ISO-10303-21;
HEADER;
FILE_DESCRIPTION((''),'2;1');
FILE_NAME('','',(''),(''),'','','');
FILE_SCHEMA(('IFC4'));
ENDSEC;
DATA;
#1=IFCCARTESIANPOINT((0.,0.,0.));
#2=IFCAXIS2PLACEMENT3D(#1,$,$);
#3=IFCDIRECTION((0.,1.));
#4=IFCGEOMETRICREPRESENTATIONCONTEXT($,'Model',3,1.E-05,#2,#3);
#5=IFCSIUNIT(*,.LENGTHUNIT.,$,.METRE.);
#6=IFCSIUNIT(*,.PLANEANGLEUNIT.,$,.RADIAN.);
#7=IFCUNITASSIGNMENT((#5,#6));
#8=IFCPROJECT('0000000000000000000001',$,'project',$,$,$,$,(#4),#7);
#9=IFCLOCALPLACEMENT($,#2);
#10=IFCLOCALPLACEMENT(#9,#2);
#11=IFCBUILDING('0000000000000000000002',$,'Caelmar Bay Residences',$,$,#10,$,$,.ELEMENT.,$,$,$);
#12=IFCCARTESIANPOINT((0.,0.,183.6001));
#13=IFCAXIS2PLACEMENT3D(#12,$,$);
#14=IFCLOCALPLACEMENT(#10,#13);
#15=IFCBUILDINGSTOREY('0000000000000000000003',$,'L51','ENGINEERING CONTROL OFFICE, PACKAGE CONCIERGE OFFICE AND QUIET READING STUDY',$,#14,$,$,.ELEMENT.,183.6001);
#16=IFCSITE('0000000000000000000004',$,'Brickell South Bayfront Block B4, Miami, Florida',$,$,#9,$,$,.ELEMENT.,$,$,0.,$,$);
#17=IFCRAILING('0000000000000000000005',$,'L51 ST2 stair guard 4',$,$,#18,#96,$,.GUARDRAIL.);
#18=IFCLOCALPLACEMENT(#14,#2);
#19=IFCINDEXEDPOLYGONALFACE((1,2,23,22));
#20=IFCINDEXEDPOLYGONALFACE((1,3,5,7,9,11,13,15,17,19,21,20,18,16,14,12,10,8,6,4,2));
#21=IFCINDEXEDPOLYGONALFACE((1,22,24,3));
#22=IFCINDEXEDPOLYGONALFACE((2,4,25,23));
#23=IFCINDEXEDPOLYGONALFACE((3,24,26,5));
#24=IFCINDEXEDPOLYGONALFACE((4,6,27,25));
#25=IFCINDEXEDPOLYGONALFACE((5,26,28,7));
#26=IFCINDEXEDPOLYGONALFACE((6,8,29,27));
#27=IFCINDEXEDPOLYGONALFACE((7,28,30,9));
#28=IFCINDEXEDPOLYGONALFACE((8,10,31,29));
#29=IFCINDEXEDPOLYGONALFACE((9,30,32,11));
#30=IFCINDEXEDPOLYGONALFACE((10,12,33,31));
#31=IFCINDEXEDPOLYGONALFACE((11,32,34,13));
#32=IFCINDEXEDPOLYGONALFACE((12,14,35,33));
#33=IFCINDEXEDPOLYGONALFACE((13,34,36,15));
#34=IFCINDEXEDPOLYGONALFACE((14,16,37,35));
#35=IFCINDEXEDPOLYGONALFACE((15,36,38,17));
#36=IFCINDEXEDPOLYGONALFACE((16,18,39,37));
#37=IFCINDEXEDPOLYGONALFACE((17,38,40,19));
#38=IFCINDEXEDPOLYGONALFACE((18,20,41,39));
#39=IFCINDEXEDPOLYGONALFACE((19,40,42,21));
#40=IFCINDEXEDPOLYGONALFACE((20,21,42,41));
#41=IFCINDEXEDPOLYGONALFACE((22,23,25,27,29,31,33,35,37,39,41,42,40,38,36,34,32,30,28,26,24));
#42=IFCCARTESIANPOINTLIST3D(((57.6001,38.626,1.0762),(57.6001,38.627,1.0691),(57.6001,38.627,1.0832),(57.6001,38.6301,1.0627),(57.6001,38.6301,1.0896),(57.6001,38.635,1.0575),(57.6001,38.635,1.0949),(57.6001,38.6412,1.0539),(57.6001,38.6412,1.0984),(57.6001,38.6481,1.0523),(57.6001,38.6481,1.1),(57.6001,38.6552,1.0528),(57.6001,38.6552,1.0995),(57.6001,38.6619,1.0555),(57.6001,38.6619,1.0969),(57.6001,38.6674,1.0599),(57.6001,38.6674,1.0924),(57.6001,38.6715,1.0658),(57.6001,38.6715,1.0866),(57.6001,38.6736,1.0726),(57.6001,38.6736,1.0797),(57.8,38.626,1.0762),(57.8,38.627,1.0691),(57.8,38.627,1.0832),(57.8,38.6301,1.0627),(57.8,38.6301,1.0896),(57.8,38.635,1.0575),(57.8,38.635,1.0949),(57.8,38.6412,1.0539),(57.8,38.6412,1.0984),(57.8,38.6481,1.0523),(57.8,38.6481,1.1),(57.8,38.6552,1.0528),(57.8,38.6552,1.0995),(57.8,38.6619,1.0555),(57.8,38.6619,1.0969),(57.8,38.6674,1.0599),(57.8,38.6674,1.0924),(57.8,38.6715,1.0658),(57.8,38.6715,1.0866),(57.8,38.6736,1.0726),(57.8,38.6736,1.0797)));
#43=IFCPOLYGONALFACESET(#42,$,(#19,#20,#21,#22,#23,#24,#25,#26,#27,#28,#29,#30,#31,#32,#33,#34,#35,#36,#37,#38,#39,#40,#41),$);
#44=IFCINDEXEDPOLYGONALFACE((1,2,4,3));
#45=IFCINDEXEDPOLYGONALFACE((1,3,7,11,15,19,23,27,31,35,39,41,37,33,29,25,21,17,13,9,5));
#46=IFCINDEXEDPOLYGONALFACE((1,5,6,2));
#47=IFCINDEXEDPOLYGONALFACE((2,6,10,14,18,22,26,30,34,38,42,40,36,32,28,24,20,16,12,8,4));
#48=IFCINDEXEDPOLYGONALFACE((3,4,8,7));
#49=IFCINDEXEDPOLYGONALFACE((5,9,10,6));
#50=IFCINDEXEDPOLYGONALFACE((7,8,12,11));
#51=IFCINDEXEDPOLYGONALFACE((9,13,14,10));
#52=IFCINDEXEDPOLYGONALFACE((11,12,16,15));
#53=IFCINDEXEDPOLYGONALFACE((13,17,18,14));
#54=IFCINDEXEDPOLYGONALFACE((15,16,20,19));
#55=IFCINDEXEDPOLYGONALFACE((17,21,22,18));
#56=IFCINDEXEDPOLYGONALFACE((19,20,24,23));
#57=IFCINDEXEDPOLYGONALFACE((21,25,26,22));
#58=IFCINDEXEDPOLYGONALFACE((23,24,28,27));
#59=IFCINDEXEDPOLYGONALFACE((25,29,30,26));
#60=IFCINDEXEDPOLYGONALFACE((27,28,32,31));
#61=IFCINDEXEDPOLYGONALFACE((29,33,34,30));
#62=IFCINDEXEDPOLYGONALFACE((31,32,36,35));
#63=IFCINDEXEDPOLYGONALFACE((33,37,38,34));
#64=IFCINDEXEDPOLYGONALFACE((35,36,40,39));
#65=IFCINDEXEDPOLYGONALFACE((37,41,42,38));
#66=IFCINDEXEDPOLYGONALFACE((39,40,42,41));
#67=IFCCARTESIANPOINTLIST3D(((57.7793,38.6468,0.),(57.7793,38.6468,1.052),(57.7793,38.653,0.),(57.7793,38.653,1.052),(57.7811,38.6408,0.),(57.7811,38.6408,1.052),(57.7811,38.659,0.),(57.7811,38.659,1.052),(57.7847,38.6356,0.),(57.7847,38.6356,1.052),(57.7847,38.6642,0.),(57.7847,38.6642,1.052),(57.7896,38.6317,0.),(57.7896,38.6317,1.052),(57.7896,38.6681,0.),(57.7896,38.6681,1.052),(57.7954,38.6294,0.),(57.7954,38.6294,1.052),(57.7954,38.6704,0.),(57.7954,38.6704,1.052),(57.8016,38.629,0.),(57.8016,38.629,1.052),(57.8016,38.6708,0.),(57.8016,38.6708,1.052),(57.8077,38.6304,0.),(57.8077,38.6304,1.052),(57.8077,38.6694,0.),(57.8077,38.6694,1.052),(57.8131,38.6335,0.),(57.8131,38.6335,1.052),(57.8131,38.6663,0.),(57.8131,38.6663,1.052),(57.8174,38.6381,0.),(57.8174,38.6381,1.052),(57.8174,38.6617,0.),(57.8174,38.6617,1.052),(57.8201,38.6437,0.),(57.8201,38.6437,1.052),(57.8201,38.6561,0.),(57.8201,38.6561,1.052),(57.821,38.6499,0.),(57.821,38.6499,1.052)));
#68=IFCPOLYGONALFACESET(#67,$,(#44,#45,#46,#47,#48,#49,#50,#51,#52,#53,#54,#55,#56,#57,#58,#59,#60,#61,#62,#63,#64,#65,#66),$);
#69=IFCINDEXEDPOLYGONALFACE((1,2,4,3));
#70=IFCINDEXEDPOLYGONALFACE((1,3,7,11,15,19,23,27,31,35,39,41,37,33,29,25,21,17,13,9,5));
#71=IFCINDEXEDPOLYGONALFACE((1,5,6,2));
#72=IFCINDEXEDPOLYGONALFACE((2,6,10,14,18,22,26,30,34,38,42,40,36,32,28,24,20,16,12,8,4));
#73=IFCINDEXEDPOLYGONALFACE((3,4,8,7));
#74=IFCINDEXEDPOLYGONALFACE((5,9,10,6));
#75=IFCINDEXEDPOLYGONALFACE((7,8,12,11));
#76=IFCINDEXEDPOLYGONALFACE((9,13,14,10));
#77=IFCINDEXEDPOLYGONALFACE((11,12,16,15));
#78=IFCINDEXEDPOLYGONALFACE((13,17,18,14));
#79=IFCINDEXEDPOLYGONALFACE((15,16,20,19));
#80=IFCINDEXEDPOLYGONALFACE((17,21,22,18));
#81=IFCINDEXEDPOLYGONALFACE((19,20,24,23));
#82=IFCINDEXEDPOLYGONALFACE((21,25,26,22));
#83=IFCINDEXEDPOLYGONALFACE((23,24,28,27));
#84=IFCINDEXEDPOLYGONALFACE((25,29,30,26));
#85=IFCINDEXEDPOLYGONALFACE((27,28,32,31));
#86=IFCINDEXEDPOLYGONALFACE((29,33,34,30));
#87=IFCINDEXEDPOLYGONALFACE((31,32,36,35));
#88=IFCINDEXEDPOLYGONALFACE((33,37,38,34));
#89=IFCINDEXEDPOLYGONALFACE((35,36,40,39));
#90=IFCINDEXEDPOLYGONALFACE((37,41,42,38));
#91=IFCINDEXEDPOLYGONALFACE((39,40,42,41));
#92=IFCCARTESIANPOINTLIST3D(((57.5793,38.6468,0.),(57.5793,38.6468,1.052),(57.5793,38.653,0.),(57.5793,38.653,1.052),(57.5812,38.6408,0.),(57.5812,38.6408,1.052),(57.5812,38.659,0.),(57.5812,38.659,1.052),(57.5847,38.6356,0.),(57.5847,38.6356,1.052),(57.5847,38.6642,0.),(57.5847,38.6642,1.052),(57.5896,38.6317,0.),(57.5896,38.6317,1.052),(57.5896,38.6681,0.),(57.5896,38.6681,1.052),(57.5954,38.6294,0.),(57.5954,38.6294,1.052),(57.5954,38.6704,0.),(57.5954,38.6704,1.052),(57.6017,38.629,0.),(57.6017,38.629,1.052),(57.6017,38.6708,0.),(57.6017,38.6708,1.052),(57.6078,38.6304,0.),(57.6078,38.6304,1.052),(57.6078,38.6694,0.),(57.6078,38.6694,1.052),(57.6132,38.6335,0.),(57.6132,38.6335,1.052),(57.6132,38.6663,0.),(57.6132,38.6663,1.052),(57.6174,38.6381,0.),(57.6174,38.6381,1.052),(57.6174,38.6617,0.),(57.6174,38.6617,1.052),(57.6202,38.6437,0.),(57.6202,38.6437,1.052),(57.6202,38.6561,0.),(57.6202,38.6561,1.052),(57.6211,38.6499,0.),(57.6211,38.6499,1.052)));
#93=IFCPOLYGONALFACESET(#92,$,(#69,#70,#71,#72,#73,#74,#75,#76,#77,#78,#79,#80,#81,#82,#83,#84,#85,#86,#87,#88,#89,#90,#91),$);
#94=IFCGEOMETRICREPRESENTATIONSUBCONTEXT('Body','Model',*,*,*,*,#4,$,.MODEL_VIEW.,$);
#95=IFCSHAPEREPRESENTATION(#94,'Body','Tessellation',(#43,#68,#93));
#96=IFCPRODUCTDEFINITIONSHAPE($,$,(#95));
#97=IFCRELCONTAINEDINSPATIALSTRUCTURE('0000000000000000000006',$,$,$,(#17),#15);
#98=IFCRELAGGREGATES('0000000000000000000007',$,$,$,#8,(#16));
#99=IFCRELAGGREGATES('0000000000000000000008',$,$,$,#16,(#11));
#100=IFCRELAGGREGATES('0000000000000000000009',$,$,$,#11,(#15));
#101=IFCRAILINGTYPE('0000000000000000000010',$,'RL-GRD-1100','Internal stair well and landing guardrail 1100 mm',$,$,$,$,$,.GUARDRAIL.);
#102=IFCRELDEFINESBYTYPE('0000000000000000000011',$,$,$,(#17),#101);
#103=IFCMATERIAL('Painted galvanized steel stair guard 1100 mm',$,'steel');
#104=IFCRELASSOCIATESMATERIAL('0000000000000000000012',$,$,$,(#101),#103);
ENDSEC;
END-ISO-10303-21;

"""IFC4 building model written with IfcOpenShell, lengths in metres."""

from ifc_helpers import new_model, si_unit, direction, frame, origin, origin_2d, place, context, subcontext, project, spatial, circle, extrude, material, type_object, element, save


model = new_model("IFC4")

# Units and contexts
model_context = context("Model", 3, precision=1e-05, world=origin(), true_north=direction((0.0, 1.0)))
body_context = subcontext(model_context, "Body", "Model", "MODEL_VIEW")
ifc_project = project(units=[si_unit("LENGTHUNIT", "METRE"), si_unit("PLANEANGLEUNIT", "RADIAN")], contexts=[model_context])

# Site, building, storey
site_placement = place(None, origin())
site = spatial("IfcSite", under=ifc_project, at=site_placement, Name="Brickell South Bayfront Block B4, Miami, Florida", CompositionType="ELEMENT", RefElevation=0.0)
building_placement = place(site_placement, origin())
building = spatial("IfcBuilding", under=site, at=building_placement, Name="Caelmar Bay Residences", CompositionType="ELEMENT")
storey_placement = place(building_placement, frame((0.0, 0.0, 183.6001)))
storey = spatial("IfcBuildingStorey", under=building, at=storey_placement, Name="L51", Description="ENGINEERING CONTROL OFFICE, PACKAGE CONCIERGE OFFICE AND QUIET READING STUDY", CompositionType="ELEMENT", Elevation=183.6001)

# Railing
ifc_material_1 = material(Name="Painted galvanized steel stair guard 1100 mm", Category="steel")
railing_type_1 = type_object("IfcRailingType", Name="RL-GRD-1100", Description="Internal stair well and landing guardrail 1100 mm", PredefinedType="GUARDRAIL", material=ifc_material_1)
railing_1_placement = place(storey_placement, frame((57.8, 38.6499, 0.0)))
element("IfcRailing", 1, at=railing_1_placement, inside=storey, type_object=railing_type_1, Name="L51 ST2 stair guard 4", PredefinedType="GUARDRAIL", context=body_context, shape_type="SweptSolid", body=[
    extrude(circle(Radius=0.0239, at=origin_2d()), frame((0.0, 0.0, 1.0762), z_axis=(-1.0, 0.0, 0.0), x_axis=(0.0, -1.0, 0.0)), (0.0, 0.0, 1.0), 0.2),
    extrude(circle(Radius=0.021, at=origin_2d()), origin(), (0.0, 0.0, 1.0), 1.052),
    extrude(circle(Radius=0.021, at=origin_2d()), frame((-0.2, 0.0, 0.0)), (0.0, 0.0, 1.0), 1.052),
])

save(model, "model.ifc")
